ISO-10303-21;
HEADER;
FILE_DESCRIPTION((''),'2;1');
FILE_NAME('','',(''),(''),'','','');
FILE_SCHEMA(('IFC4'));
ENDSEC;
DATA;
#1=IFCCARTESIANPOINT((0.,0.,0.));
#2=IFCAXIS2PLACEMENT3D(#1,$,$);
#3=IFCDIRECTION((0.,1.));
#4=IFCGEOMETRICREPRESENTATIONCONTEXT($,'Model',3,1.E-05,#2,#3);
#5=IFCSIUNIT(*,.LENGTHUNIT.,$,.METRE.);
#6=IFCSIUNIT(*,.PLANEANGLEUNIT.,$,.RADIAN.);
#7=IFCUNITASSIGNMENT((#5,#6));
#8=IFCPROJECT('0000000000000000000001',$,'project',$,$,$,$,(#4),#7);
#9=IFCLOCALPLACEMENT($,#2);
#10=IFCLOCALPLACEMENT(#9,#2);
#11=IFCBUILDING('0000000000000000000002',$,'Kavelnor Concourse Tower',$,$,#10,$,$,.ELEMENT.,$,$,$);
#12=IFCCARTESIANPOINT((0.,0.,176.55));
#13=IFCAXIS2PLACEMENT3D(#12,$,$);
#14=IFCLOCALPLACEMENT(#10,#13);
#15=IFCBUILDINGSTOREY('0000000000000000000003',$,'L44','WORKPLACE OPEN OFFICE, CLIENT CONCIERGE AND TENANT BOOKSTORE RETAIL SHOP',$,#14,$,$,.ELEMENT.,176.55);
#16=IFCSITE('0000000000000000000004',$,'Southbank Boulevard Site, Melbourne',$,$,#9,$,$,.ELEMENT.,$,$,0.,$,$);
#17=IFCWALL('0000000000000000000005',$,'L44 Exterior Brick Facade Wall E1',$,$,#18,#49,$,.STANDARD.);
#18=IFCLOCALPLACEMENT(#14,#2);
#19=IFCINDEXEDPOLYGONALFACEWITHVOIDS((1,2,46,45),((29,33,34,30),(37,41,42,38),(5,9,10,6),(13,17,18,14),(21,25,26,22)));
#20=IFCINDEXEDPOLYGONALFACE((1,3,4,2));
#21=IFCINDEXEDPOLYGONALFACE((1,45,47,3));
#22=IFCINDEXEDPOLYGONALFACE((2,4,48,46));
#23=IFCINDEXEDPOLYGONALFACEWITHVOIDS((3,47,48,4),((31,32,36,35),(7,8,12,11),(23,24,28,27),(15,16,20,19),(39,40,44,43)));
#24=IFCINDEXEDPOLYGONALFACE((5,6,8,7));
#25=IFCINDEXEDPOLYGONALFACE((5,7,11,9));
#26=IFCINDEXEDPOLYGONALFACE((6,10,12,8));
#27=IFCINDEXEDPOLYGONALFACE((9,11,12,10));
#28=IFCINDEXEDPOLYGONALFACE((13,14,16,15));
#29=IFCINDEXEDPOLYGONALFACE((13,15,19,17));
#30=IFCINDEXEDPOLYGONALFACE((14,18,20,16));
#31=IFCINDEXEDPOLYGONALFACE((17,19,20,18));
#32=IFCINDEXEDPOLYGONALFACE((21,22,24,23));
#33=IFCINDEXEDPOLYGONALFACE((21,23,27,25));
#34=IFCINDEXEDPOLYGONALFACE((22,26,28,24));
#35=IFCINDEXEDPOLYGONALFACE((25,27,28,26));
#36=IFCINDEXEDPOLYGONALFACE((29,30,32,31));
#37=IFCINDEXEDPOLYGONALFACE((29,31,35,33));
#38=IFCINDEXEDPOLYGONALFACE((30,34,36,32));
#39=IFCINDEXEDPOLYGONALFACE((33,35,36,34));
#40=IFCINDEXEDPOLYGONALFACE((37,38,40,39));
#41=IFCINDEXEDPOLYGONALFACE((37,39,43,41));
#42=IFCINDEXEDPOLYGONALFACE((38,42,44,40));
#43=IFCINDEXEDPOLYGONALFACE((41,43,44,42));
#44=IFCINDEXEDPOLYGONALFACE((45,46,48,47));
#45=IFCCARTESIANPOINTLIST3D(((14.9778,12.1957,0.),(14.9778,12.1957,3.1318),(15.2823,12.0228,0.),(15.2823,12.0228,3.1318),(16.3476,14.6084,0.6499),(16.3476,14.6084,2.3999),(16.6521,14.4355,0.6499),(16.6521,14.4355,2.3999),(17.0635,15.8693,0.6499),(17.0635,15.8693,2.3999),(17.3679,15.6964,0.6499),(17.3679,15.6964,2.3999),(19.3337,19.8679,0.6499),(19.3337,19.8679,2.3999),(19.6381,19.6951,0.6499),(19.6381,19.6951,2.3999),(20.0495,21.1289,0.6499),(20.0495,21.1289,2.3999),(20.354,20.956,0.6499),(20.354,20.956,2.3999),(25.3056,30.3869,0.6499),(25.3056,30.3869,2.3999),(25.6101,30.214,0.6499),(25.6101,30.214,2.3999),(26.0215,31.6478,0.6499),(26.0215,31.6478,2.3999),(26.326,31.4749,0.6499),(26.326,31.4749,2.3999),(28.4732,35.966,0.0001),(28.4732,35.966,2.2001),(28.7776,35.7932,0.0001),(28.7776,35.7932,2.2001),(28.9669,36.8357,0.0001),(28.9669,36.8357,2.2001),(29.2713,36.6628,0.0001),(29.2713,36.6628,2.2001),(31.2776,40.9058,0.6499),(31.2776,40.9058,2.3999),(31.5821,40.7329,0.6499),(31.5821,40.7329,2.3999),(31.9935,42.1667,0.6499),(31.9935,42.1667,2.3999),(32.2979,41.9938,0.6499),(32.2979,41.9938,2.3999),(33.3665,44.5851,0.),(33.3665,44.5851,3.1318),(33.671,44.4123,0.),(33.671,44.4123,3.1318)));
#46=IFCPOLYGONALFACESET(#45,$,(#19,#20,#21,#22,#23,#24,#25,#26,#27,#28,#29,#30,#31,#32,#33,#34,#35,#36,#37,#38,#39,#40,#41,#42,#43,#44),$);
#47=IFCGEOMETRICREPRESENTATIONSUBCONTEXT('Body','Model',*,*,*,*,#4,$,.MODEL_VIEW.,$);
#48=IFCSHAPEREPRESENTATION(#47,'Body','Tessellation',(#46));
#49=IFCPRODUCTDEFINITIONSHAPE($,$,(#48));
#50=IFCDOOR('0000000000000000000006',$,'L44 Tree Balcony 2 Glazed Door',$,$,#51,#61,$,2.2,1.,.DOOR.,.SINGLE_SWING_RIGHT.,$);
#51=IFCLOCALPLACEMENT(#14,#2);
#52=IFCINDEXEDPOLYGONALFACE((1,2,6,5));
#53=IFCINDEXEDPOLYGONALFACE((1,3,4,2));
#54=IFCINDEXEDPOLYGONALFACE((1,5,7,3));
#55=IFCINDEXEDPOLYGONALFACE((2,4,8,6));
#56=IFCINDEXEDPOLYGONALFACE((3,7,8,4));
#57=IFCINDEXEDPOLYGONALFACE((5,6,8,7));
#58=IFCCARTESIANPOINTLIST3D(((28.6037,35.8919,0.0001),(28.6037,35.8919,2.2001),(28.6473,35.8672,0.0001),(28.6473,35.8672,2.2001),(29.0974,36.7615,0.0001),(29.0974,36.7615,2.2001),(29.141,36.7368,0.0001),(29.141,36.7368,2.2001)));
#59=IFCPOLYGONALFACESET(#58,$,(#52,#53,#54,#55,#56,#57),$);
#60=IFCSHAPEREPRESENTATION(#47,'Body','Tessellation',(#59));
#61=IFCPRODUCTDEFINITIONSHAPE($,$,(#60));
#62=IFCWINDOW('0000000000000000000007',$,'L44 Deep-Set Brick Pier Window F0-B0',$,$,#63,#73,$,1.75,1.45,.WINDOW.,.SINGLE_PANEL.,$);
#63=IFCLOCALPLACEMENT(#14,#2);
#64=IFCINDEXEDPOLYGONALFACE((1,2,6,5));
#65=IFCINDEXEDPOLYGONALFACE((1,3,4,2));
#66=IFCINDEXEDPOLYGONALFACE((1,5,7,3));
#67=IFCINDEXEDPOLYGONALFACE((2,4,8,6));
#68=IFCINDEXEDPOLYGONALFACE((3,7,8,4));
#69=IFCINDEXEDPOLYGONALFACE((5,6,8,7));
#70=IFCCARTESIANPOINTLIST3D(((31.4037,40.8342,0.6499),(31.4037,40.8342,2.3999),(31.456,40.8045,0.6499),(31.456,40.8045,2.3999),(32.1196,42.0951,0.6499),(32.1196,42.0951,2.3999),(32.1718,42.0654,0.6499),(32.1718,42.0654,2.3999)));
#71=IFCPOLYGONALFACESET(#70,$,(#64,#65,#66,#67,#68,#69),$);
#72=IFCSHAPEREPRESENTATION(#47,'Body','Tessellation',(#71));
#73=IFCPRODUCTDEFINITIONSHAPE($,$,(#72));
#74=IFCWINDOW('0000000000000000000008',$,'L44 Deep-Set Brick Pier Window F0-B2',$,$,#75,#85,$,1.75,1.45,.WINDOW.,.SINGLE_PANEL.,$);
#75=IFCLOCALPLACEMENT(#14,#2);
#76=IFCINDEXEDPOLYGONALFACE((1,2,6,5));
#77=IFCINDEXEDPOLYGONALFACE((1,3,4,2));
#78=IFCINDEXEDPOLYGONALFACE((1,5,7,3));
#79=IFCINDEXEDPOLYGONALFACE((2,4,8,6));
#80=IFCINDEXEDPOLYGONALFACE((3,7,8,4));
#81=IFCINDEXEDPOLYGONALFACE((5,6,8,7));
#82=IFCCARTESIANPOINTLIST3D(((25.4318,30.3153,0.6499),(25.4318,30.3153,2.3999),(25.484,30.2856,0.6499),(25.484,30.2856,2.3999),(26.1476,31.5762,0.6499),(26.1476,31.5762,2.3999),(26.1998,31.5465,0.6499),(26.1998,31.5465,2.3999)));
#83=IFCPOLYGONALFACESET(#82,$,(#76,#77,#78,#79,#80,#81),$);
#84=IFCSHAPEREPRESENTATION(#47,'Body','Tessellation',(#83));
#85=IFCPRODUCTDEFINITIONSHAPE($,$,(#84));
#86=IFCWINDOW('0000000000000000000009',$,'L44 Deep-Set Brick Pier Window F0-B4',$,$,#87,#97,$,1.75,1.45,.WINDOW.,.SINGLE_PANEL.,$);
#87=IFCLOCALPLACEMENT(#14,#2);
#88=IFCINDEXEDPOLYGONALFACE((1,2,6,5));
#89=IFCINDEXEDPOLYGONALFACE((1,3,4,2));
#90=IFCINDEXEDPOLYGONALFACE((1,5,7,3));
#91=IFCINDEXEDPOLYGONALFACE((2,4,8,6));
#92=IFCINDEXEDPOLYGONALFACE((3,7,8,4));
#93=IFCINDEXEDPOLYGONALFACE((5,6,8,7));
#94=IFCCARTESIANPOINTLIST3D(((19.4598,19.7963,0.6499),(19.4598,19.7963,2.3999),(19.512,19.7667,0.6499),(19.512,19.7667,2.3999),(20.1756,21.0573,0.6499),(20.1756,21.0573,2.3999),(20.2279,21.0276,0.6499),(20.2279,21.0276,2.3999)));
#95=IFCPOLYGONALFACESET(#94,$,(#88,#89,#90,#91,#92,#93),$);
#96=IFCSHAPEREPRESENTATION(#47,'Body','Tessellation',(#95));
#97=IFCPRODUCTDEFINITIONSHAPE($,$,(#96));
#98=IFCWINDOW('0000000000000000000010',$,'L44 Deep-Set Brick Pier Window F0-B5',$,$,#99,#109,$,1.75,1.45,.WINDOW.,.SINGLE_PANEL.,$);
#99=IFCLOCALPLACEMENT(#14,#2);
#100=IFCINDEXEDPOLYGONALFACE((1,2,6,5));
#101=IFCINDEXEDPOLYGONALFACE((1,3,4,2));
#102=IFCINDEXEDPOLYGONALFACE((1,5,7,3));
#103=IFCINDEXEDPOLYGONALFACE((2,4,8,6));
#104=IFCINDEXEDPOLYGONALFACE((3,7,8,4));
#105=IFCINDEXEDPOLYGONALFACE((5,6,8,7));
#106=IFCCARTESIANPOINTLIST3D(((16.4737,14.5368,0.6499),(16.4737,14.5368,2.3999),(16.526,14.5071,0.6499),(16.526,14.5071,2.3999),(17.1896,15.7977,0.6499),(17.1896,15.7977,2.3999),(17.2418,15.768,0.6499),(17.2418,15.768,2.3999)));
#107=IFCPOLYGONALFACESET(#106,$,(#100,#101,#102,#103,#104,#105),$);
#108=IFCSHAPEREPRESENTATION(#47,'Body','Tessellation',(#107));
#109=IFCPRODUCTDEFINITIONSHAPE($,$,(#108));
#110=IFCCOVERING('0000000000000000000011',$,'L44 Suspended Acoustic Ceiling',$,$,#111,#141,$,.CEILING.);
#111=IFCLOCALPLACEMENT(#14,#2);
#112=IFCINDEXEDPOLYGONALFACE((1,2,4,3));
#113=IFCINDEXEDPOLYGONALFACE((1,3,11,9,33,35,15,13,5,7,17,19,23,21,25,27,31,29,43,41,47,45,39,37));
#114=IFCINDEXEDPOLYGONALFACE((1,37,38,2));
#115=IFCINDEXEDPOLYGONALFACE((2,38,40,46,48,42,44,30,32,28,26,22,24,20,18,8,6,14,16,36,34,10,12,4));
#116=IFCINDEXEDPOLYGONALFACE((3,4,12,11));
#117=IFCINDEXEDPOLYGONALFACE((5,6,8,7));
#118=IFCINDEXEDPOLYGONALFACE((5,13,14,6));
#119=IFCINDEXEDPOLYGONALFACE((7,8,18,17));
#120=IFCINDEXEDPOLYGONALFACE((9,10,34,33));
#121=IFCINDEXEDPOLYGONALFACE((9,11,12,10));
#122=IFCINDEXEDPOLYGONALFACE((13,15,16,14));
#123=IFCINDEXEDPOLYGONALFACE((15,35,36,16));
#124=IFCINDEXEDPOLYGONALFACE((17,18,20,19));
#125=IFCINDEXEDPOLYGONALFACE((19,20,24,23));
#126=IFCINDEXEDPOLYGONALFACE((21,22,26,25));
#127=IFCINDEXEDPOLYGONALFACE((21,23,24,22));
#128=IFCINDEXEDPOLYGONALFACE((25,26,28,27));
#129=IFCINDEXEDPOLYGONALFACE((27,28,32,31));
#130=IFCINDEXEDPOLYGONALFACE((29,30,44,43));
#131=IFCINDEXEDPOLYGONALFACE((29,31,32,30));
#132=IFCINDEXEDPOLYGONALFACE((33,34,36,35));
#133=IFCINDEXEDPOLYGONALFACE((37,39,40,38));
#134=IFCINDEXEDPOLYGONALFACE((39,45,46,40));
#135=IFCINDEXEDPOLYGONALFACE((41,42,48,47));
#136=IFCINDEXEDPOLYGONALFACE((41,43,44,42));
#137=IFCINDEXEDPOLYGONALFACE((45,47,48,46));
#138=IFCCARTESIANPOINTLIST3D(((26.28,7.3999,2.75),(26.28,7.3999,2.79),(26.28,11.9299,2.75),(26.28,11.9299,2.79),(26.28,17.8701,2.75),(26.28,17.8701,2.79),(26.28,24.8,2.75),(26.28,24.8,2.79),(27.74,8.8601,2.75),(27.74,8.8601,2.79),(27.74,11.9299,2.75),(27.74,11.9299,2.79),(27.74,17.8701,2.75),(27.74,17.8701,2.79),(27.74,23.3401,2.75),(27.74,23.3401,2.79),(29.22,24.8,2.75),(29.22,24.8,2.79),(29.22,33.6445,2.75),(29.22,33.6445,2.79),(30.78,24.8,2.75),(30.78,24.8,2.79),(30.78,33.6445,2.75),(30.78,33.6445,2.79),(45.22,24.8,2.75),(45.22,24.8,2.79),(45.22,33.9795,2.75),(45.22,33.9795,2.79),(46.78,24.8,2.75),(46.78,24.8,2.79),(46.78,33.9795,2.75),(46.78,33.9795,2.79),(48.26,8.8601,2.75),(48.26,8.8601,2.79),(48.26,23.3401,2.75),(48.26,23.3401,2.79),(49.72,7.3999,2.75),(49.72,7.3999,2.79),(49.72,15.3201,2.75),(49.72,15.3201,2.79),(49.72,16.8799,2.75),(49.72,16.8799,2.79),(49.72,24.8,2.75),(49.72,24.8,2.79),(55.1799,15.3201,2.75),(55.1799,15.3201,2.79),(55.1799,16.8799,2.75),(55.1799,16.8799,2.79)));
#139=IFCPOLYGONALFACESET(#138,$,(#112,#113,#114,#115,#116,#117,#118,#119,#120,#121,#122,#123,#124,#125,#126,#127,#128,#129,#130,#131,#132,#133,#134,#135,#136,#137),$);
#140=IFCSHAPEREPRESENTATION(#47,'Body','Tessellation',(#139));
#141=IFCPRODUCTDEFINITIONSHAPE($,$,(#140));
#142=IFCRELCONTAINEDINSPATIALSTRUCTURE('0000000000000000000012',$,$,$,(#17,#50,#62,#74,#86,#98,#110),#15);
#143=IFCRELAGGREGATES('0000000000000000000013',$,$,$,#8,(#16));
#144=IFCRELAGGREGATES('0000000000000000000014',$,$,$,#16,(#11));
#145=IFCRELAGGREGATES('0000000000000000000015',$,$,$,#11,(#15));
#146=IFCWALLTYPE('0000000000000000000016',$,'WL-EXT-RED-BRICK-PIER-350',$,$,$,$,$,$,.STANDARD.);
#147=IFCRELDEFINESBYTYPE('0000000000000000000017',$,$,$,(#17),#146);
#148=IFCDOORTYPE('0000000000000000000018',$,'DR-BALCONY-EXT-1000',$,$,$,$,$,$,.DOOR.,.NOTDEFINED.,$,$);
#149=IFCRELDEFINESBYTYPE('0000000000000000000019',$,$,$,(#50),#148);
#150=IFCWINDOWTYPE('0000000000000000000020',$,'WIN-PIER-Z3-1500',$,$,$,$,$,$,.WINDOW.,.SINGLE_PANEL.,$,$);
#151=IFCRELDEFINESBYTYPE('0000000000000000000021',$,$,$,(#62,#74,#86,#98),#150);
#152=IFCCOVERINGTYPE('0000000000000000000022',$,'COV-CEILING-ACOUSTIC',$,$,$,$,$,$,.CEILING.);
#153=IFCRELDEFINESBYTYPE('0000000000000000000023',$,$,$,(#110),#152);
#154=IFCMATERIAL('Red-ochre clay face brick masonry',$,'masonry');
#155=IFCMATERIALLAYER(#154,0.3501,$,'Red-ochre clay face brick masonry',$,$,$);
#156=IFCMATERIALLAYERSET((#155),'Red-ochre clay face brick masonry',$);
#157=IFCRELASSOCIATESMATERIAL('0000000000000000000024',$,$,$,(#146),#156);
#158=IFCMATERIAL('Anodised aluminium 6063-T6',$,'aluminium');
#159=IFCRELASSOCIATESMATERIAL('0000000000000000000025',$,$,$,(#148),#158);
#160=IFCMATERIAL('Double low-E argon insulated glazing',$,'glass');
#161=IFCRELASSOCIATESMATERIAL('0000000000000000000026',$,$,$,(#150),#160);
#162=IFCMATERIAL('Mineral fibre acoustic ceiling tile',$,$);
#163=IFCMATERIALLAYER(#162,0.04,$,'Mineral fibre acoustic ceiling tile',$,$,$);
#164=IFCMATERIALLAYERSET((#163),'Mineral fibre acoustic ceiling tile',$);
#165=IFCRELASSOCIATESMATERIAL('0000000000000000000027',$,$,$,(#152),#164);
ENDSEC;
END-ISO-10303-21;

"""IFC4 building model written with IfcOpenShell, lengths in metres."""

from ifc_helpers import new_model, si_unit, direction, frame, frame_2d, origin, place, context, subcontext, project, spatial, polyline, rectangle, outline, extrude, material, layer, layer_set, type_object, element, fill, save


model = new_model("IFC4")

# Units and contexts
model_context = context("Model", 3, precision=1e-05, world=origin(), true_north=direction((0.0, 1.0)))
body_context = subcontext(model_context, "Body", "Model", "MODEL_VIEW")
ifc_project = project(units=[si_unit("LENGTHUNIT", "METRE"), si_unit("PLANEANGLEUNIT", "RADIAN")], contexts=[model_context])

# Site, building, storey
site_placement = place(None, origin())
site = spatial("IfcSite", under=ifc_project, at=site_placement, Name="Southbank Boulevard Site, Melbourne", CompositionType="ELEMENT", RefElevation=0.0)
building_placement = place(site_placement, origin())
building = spatial("IfcBuilding", under=site, at=building_placement, Name="Kavelnor Concourse Tower", CompositionType="ELEMENT")
storey_placement = place(building_placement, frame((0.0, 0.0, 176.55)))
storey = spatial("IfcBuildingStorey", under=building, at=storey_placement, Name="L44", Description="WORKPLACE OPEN OFFICE, CLIENT CONCIERGE AND TENANT BOOKSTORE RETAIL SHOP", CompositionType="ELEMENT", Elevation=176.55)

# Shared definitions
ifc_material_1 = material(Name="Double low-E argon insulated glazing", Category="glass")

# Wall, openings, door, windows
ifc_material_2 = material(Name="Red-ochre clay face brick masonry", Category="masonry")
ifc_layer_1 = layer(ifc_material_2, 0.3501, Name="Red-ochre clay face brick masonry")
ifc_layer_set_1 = layer_set([ifc_layer_1], Name="Red-ochre clay face brick masonry")
wall_type_1 = type_object("IfcWallType", Name="WL-EXT-RED-BRICK-PIER-350", PredefinedType="STANDARD", material=ifc_layer_set_1)
wall_1_placement = place(storey_placement, frame((15.1301, 12.1094, 0.0), z_axis=(0.0, 0.0, 1.0), x_axis=(0.493717, 0.869623, 0.0)))
wall_1 = element("IfcWall", 1, at=wall_1_placement, inside=storey, type_object=wall_type_1, Name="L44 Exterior Brick Facade Wall E1", PredefinedType="STANDARD", context=body_context, shape_type="SweptSolid", body=[
    extrude(rectangle(XDim=37.2454, YDim=0.3501, at=frame_2d((18.6226, 0.0))), origin(), (0.0, 0.0, 1.0), 3.1318),
])
opening_1_placement = place(wall_1_placement, frame((27.334, 0.0, 0.0)))
opening_1 = element("IfcOpeningElement", 2, at=opening_1_placement, cuts=wall_1, PredefinedType="OPENING", context=body_context, shape_type="SweptSolid", body=[
    extrude(rectangle(XDim=1.0, YDim=2.2, at=frame_2d((0.5, 1.1001))), frame((0.0, 0.1851, 0.0), z_axis=(0.0, -1.0, 0.0), x_axis=(1.0, 0.0, 0.0)), (0.0, 0.0, 1.0), 0.3701),
])
opening_2_placement = place(wall_1_placement, frame((33.0142, 0.0, 0.6499)))
opening_2 = element("IfcOpeningElement", 3, at=opening_2_placement, cuts=wall_1, PredefinedType="OPENING", context=body_context, shape_type="SweptSolid", body=[
    extrude(rectangle(XDim=1.45, YDim=1.75, at=frame_2d((0.7251, 0.875))), frame((0.0, 0.1851, 0.0), z_axis=(0.0, -1.0, 0.0), x_axis=(1.0, 0.0, 0.0)), (0.0, 0.0, 1.0), 0.3701),
])
opening_3_placement = place(wall_1_placement, frame((20.9182, 0.0, 0.6499)))
opening_3 = element("IfcOpeningElement", 4, at=opening_3_placement, cuts=wall_1, PredefinedType="OPENING", context=body_context, shape_type="SweptSolid", body=[
    extrude(rectangle(XDim=1.45, YDim=1.75, at=frame_2d((0.7251, 0.875))), frame((0.0, 0.1851, 0.0), z_axis=(0.0, -1.0, 0.0), x_axis=(1.0, 0.0, 0.0)), (0.0, 0.0, 1.0), 0.3701),
])
opening_4_placement = place(wall_1_placement, frame((8.8223, 0.0, 0.6499)))
opening_4 = element("IfcOpeningElement", 5, at=opening_4_placement, cuts=wall_1, PredefinedType="OPENING", context=body_context, shape_type="SweptSolid", body=[
    extrude(rectangle(XDim=1.45, YDim=1.75, at=frame_2d((0.7251, 0.875))), frame((0.0, 0.1851, 0.0), z_axis=(0.0, -1.0, 0.0), x_axis=(1.0, 0.0, 0.0)), (0.0, 0.0, 1.0), 0.3701),
])
opening_5_placement = place(wall_1_placement, frame((2.7742, 0.0, 0.6499)))
opening_5 = element("IfcOpeningElement", 6, at=opening_5_placement, cuts=wall_1, PredefinedType="OPENING", context=body_context, shape_type="SweptSolid", body=[
    extrude(rectangle(XDim=1.45, YDim=1.75, at=frame_2d((0.7251, 0.875))), frame((0.0, 0.1851, 0.0), z_axis=(0.0, -1.0, 0.0), x_axis=(1.0, 0.0, 0.0)), (0.0, 0.0, 1.0), 0.3701),
])
ifc_material_3 = material(Name="Anodised aluminium 6063-T6", Category="aluminium")
door_type = type_object("IfcDoorType", Name="DR-BALCONY-EXT-1000", OperationType="NOTDEFINED", PredefinedType="DOOR", material=ifc_material_3)
door_placement = place(opening_1_placement, origin())
door = element("IfcDoor", 7, at=door_placement, inside=storey, type_object=door_type, Name="L44 Tree Balcony 2 Glazed Door", OperationType="SINGLE_SWING_RIGHT", OverallHeight=2.2, OverallWidth=1.0, PredefinedType="DOOR", context=body_context, shape_type="SweptSolid", body=[
    extrude(rectangle(XDim=1.0, YDim=2.2, at=frame_2d((0.5, 1.1001))), frame((0.0, 0.0249, 0.0), z_axis=(0.0, -1.0, 0.0), x_axis=(1.0, 0.0, 0.0)), (0.0, 0.0, 1.0), 0.05),
])
fill(opening_1, door)
window_type_1 = type_object("IfcWindowType", Name="WIN-PIER-Z3-1500", PartitioningType="SINGLE_PANEL", PredefinedType="WINDOW", material=ifc_material_1)
window_1_placement = place(opening_2_placement, origin())
window_1 = element("IfcWindow", 8, at=window_1_placement, inside=storey, type_object=window_type_1, Name="L44 Deep-Set Brick Pier Window F0-B0", OverallHeight=1.75, OverallWidth=1.45, PartitioningType="SINGLE_PANEL", PredefinedType="WINDOW", context=body_context, shape_type="SweptSolid", body=[
    extrude(rectangle(XDim=1.45, YDim=1.75, at=frame_2d((0.7251, 0.875))), frame((0.0, 0.03, 0.0), z_axis=(0.0, -1.0, 0.0), x_axis=(1.0, 0.0, 0.0)), (0.0, 0.0, 1.0), 0.0601),
])
fill(opening_2, window_1)
window_2_placement = place(opening_3_placement, origin())
window_2 = element("IfcWindow", 9, at=window_2_placement, inside=storey, type_object=window_type_1, Name="L44 Deep-Set Brick Pier Window F0-B2", OverallHeight=1.75, OverallWidth=1.45, PartitioningType="SINGLE_PANEL", PredefinedType="WINDOW", context=body_context, shape_type="SweptSolid", body=[
    extrude(rectangle(XDim=1.45, YDim=1.75, at=frame_2d((0.7251, 0.875))), frame((0.0, 0.03, 0.0), z_axis=(0.0, -1.0, 0.0), x_axis=(1.0, 0.0, 0.0)), (0.0, 0.0, 1.0), 0.0601),
])
fill(opening_3, window_2)
window_3_placement = place(opening_4_placement, origin())
window_3 = element("IfcWindow", 10, at=window_3_placement, inside=storey, type_object=window_type_1, Name="L44 Deep-Set Brick Pier Window F0-B4", OverallHeight=1.75, OverallWidth=1.45, PartitioningType="SINGLE_PANEL", PredefinedType="WINDOW", context=body_context, shape_type="SweptSolid", body=[
    extrude(rectangle(XDim=1.45, YDim=1.75, at=frame_2d((0.7251, 0.875))), frame((0.0, 0.03, 0.0), z_axis=(0.0, -1.0, 0.0), x_axis=(1.0, 0.0, 0.0)), (0.0, 0.0, 1.0), 0.0601),
])
fill(opening_4, window_3)
window_4_placement = place(opening_5_placement, origin())
window_4 = element("IfcWindow", 11, at=window_4_placement, inside=storey, type_object=window_type_1, Name="L44 Deep-Set Brick Pier Window F0-B5", OverallHeight=1.75, OverallWidth=1.45, PartitioningType="SINGLE_PANEL", PredefinedType="WINDOW", context=body_context, shape_type="SweptSolid", body=[
    extrude(rectangle(XDim=1.45, YDim=1.75, at=frame_2d((0.7251, 0.875))), frame((0.0, 0.03, 0.0), z_axis=(0.0, -1.0, 0.0), x_axis=(1.0, 0.0, 0.0)), (0.0, 0.0, 1.0), 0.0601),
])
fill(opening_5, window_4)

# Covering
ifc_material_4 = material(Name="Mineral fibre acoustic ceiling tile")
ifc_layer_2 = layer(ifc_material_4, 0.04, Name="Mineral fibre acoustic ceiling tile")
ifc_layer_set_2 = layer_set([ifc_layer_2], Name="Mineral fibre acoustic ceiling tile")
covering_type_1 = type_object("IfcCoveringType", Name="COV-CEILING-ACOUSTIC", PredefinedType="CEILING", material=ifc_layer_set_2)
covering_1_placement = place(storey_placement, frame((0.0, 0.0, 2.75)))
element("IfcCovering", 12, at=covering_1_placement, inside=storey, type_object=covering_type_1, Name="L44 Suspended Acoustic Ceiling", PredefinedType="CEILING", context=body_context, shape_type="SweptSolid", body=[
    extrude(outline(polyline([(29.22, 24.8), (29.22, 33.6445), (30.78, 33.6445), (30.78, 24.8), (45.22, 24.8), (45.22, 33.9795), (46.78, 33.9795), (46.78, 24.8), (49.72, 24.8), (49.72, 16.8799), (55.1799, 16.8799), (55.1799, 15.3201), (49.72, 15.3201), (49.72, 7.3999), (26.28, 7.3999), (26.28, 11.9299), (27.74, 11.9299), (27.74, 8.8601), (48.26, 8.8601), (48.26, 23.3401), (27.74, 23.3401), (27.74, 17.8701), (26.28, 17.8701), (26.28, 24.8), (29.22, 24.8)])), origin(), (0.0, 0.0, 1.0), 0.04),
])

save(model, "model.ifc")
